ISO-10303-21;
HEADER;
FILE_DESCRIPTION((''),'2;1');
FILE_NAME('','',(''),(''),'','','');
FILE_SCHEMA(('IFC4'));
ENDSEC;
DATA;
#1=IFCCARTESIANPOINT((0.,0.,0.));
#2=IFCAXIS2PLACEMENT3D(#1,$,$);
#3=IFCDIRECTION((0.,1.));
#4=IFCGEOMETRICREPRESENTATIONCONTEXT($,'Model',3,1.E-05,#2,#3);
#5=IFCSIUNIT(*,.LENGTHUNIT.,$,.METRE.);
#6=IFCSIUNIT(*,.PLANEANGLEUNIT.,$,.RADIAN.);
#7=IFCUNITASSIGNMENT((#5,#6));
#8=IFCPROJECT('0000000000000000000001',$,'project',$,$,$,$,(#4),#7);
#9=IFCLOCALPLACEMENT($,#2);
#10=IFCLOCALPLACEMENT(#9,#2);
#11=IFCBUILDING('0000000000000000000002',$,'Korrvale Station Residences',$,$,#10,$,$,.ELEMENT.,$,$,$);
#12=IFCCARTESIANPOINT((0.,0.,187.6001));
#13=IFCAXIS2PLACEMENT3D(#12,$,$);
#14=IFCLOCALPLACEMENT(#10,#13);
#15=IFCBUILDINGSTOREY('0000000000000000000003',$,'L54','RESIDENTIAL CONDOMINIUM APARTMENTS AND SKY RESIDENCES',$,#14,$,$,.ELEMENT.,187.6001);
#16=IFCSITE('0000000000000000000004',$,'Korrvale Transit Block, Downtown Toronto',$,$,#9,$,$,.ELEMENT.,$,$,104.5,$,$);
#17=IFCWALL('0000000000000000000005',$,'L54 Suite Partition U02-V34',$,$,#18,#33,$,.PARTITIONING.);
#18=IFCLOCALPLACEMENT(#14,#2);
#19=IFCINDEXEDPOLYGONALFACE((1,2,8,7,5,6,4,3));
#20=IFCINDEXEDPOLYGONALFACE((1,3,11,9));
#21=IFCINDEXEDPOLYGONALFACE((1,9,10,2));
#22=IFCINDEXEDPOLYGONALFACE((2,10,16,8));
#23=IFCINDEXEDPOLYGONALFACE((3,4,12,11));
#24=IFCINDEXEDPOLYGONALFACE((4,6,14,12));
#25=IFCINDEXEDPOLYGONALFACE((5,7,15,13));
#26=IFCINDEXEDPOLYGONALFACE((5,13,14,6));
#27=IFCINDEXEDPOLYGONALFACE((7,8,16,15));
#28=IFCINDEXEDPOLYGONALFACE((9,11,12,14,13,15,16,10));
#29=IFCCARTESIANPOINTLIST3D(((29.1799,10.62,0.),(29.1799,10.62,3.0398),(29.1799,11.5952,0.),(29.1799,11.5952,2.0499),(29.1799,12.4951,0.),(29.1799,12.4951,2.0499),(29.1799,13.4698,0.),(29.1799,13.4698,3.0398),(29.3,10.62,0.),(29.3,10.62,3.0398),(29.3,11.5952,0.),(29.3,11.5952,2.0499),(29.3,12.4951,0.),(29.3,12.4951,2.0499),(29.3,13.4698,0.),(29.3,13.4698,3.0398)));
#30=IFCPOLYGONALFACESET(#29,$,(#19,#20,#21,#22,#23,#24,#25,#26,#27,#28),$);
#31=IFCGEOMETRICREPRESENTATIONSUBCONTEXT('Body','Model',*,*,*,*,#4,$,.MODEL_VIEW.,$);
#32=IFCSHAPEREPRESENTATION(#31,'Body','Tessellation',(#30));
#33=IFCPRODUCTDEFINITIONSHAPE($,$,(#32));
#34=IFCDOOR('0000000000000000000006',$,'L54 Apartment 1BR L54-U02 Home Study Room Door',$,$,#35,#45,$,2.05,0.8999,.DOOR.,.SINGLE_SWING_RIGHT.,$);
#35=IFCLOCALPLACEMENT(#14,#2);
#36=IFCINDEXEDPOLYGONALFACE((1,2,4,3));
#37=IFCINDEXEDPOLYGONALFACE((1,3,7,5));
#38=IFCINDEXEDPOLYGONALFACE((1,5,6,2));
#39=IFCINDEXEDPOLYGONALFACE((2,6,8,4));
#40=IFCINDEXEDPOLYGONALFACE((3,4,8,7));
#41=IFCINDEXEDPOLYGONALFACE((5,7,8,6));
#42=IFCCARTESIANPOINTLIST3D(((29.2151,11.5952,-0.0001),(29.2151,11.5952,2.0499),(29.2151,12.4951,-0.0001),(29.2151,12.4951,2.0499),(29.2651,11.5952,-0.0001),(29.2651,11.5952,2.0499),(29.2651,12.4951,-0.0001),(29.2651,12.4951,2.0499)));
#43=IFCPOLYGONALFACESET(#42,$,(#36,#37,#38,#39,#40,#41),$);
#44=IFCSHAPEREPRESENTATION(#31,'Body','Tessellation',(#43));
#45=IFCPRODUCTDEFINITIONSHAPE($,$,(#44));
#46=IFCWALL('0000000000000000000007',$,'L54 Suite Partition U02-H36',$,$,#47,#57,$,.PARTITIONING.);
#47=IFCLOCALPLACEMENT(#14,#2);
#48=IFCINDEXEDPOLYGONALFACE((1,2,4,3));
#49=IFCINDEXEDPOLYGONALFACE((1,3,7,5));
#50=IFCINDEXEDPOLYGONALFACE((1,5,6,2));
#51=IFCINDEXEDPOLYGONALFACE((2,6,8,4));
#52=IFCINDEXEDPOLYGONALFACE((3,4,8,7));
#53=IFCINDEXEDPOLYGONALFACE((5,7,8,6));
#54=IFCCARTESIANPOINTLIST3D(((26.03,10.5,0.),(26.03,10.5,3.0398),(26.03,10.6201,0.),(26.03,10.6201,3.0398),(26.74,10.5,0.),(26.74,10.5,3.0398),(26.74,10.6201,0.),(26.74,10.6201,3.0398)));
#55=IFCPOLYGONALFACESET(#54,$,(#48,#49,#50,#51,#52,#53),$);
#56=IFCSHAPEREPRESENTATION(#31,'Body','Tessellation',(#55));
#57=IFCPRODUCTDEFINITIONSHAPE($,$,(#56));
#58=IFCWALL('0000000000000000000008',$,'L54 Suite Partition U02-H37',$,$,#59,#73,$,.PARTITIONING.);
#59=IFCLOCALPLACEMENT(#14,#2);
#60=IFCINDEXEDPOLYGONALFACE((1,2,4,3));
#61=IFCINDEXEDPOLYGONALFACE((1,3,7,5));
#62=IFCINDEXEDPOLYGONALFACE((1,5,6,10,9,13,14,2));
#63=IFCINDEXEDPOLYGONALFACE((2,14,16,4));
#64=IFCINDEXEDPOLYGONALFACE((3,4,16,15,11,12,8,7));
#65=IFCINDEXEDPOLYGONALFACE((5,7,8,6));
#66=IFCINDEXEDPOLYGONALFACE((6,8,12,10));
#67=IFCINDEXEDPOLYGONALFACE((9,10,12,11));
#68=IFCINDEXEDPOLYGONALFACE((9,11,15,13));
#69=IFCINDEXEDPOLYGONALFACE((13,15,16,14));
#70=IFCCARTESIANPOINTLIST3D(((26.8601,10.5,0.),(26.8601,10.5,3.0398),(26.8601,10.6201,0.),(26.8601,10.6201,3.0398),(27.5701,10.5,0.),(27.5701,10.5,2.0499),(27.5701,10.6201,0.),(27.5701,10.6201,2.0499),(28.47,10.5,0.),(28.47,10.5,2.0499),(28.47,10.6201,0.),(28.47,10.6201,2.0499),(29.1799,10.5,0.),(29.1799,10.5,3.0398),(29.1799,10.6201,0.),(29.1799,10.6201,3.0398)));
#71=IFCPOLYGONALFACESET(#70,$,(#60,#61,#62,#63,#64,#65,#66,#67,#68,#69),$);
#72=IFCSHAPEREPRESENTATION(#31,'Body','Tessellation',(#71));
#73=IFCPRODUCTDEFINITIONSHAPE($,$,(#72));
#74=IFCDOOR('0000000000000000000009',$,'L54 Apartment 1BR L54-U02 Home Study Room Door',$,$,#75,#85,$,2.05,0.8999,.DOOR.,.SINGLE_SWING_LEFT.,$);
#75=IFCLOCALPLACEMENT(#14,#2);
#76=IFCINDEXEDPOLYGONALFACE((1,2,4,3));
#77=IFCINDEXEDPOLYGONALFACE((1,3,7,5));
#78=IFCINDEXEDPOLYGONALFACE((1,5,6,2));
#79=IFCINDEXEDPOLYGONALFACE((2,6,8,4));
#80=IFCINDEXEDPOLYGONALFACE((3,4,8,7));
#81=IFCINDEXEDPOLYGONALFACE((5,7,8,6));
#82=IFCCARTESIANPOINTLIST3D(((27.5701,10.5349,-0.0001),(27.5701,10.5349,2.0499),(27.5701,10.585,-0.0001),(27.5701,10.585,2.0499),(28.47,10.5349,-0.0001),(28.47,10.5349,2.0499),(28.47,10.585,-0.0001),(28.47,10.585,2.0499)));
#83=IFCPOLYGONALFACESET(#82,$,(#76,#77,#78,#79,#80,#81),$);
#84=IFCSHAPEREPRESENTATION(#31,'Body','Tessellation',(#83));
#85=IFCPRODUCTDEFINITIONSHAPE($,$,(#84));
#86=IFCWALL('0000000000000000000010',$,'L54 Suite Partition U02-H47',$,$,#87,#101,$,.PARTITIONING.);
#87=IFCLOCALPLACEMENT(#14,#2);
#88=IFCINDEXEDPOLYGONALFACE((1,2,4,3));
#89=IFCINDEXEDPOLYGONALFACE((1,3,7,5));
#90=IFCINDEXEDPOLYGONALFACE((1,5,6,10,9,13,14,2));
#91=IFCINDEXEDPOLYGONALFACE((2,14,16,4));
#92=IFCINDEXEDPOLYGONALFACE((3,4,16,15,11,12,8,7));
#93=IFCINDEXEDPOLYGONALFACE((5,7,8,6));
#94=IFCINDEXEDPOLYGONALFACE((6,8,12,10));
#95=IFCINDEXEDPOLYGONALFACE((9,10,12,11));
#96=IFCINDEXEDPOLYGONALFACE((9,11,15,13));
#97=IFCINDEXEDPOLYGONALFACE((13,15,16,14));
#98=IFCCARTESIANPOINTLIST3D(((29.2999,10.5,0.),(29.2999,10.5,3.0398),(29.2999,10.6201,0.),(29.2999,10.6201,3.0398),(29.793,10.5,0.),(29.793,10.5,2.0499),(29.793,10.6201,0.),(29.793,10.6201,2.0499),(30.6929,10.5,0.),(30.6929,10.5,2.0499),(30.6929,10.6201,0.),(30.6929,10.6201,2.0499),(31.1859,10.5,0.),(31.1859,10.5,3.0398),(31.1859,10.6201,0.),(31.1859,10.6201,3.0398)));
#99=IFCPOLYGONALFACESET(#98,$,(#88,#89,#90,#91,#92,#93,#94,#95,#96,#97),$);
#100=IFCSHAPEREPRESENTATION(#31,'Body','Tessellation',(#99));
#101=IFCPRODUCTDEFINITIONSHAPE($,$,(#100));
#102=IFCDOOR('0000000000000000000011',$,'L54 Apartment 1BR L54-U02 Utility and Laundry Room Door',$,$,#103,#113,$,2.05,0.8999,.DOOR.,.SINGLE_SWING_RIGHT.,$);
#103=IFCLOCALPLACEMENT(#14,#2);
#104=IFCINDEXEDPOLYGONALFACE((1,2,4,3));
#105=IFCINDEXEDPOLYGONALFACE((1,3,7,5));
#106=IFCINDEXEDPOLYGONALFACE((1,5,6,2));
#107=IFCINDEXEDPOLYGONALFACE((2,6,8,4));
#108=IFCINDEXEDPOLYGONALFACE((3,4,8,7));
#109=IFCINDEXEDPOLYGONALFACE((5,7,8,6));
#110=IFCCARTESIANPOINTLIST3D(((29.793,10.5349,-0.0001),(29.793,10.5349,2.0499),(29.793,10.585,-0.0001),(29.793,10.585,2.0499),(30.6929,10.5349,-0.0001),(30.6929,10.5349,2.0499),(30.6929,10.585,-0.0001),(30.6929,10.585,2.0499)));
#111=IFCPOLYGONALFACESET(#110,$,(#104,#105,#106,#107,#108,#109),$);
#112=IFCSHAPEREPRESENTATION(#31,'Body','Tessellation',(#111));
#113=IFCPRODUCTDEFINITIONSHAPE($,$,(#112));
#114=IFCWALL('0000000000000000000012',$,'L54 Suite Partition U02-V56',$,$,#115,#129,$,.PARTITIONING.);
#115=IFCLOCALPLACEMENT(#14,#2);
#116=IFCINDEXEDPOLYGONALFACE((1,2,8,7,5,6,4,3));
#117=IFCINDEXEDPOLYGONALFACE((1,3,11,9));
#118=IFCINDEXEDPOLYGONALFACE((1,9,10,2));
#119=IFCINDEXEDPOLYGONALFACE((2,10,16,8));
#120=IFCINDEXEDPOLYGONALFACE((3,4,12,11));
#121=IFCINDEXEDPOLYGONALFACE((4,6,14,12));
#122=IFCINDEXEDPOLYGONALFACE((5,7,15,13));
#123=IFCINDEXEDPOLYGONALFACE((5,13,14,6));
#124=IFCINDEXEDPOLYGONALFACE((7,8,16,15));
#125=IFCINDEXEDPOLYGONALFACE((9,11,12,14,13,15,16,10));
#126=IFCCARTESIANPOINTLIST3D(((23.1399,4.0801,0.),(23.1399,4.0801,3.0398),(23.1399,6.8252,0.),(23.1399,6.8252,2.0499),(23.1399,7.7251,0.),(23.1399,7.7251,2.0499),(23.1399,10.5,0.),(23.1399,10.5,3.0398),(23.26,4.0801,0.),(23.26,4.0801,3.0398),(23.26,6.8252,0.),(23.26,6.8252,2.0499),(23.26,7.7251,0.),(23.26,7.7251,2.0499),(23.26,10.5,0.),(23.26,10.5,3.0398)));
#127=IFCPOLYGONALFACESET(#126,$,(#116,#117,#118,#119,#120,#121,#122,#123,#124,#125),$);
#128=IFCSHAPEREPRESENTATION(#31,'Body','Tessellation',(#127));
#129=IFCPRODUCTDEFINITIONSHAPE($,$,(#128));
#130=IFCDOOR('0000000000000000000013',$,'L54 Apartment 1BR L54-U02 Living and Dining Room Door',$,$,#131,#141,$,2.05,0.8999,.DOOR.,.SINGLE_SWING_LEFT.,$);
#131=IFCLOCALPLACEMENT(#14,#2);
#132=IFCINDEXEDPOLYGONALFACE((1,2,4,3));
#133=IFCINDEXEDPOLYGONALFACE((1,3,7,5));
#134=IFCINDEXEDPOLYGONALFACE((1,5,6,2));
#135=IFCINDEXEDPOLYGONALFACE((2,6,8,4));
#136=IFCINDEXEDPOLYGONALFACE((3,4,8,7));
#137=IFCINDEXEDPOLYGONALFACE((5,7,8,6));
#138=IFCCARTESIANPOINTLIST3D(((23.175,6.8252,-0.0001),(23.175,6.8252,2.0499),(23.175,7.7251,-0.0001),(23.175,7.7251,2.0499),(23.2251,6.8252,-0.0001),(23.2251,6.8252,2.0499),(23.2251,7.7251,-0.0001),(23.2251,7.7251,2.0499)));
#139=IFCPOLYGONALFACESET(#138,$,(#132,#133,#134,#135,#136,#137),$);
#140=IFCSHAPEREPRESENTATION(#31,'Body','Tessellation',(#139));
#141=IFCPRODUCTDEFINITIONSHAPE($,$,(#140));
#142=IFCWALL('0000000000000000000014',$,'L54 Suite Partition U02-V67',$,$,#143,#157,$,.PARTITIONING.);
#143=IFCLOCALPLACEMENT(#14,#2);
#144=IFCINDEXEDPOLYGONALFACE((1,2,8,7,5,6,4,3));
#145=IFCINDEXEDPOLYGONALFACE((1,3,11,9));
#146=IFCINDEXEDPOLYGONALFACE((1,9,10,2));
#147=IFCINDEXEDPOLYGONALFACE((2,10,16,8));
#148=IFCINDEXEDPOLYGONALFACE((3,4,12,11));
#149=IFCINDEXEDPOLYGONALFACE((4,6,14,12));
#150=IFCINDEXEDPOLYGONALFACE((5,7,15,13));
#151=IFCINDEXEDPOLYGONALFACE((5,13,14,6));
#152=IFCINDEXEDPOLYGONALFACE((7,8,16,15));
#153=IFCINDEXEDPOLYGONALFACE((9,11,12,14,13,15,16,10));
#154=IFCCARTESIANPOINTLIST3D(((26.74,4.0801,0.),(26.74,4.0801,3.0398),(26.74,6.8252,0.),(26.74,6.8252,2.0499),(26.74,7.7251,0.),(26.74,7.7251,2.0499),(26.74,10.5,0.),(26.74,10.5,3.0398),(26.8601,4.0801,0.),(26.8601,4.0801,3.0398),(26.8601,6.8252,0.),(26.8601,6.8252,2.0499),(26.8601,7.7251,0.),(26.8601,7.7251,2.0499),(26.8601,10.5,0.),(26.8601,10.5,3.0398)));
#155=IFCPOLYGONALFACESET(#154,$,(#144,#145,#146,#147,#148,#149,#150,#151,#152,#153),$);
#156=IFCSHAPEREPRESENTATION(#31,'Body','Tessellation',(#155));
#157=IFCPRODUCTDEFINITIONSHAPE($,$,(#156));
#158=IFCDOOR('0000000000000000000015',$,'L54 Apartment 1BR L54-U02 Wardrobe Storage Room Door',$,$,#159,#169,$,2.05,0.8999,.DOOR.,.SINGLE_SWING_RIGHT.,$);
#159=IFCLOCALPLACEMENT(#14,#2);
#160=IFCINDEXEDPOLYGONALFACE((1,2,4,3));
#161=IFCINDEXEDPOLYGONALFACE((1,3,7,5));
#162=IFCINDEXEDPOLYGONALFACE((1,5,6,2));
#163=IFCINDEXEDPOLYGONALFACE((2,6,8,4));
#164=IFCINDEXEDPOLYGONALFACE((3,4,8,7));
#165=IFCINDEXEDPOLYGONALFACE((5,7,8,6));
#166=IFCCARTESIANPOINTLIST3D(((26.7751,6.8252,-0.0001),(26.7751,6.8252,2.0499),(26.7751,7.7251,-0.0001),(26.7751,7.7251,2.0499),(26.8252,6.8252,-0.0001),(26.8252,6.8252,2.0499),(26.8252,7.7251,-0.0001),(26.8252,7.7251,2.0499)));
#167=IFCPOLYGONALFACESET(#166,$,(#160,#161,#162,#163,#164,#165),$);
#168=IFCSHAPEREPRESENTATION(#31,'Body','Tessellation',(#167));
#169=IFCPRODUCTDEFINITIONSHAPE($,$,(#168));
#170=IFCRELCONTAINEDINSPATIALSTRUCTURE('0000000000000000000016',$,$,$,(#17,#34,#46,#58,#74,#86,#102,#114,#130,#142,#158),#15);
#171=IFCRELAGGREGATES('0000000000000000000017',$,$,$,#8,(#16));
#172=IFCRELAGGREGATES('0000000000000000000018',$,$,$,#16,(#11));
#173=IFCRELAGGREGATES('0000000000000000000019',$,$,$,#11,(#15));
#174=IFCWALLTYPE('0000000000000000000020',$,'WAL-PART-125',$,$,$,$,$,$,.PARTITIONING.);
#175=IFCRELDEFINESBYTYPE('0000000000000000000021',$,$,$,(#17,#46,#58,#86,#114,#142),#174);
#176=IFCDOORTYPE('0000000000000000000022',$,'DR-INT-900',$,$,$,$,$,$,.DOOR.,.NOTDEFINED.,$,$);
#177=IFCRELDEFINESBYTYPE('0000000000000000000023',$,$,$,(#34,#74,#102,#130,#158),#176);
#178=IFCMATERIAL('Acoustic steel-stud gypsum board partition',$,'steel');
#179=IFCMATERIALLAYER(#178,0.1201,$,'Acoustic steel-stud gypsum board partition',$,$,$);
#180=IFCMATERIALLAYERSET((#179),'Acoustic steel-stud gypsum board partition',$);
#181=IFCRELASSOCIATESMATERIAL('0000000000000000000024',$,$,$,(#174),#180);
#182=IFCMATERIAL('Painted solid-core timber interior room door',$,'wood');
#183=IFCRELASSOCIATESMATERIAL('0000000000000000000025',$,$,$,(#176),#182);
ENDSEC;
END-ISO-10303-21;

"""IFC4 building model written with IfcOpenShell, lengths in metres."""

from ifc_helpers import new_model, si_unit, direction, frame, frame_2d, origin, place, context, subcontext, project, spatial, rectangle, extrude, material, layer, layer_set, type_object, element, fill, save


model = new_model("IFC4")

# Units and contexts
model_context = context("Model", 3, precision=1e-05, world=origin(), true_north=direction((0.0, 1.0)))
body_context = subcontext(model_context, "Body", "Model", "MODEL_VIEW")
ifc_project = project(units=[si_unit("LENGTHUNIT", "METRE"), si_unit("PLANEANGLEUNIT", "RADIAN")], contexts=[model_context])

# Site, building, storey
site_placement = place(None, origin())
site = spatial("IfcSite", under=ifc_project, at=site_placement, Name="Korrvale Transit Block, Downtown Toronto", CompositionType="ELEMENT", RefElevation=104.5)
building_placement = place(site_placement, origin())
building = spatial("IfcBuilding", under=site, at=building_placement, Name="Korrvale Station Residences", CompositionType="ELEMENT")
storey_placement = place(building_placement, frame((0.0, 0.0, 187.6001)))
storey = spatial("IfcBuildingStorey", under=building, at=storey_placement, Name="L54", Description="RESIDENTIAL CONDOMINIUM APARTMENTS AND SKY RESIDENCES", CompositionType="ELEMENT", Elevation=187.6001)

# Wall, opening, door
ifc_material_1 = material(Name="Acoustic steel-stud gypsum board partition", Category="steel")
ifc_layer_1 = layer(ifc_material_1, 0.1201, Name="Acoustic steel-stud gypsum board partition")
ifc_layer_set_1 = layer_set([ifc_layer_1], Name="Acoustic steel-stud gypsum board partition")
wall_type_1 = type_object("IfcWallType", Name="WAL-PART-125", PredefinedType="PARTITIONING", material=ifc_layer_set_1)
ifc_material_2 = material(Name="Painted solid-core timber interior room door", Category="wood")
door_type = type_object("IfcDoorType", Name="DR-INT-900", OperationType="NOTDEFINED", PredefinedType="DOOR", material=ifc_material_2)
wall_1_placement = place(storey_placement, frame((29.24, 10.6201, 0.0), z_axis=(0.0, 0.0, 1.0), x_axis=(0.0, 1.0, 0.0)))
wall_1 = element("IfcWall", 1, at=wall_1_placement, inside=storey, type_object=wall_type_1, Name="L54 Suite Partition U02-V34", PredefinedType="PARTITIONING", context=body_context, shape_type="SweptSolid", body=[
    extrude(rectangle(XDim=2.8499, YDim=0.1201, at=frame_2d((1.4248, 0.0))), origin(), (0.0, 0.0, 1.0), 3.0398),
])
opening_1_placement = place(wall_1_placement, frame((0.9751, 0.0, 0.0)))
opening_1 = element("IfcOpeningElement", 2, at=opening_1_placement, cuts=wall_1, PredefinedType="OPENING", context=body_context, shape_type="SweptSolid", body=[
    extrude(rectangle(XDim=0.8999, YDim=2.05, at=frame_2d((0.45, 1.0249))), frame((0.0, 0.0701, 0.0), z_axis=(0.0, -1.0, 0.0), x_axis=(1.0, 0.0, 0.0)), (0.0, 0.0, 1.0), 0.1401),
])
door_1_placement = place(opening_1_placement, origin())
door_1 = element("IfcDoor", 3, at=door_1_placement, inside=storey, type_object=door_type, Name="L54 Apartment 1BR L54-U02 Home Study Room Door", OperationType="SINGLE_SWING_RIGHT", OverallHeight=2.05, OverallWidth=0.8999, PredefinedType="DOOR", context=body_context, shape_type="SweptSolid", body=[
    extrude(rectangle(XDim=0.8999, YDim=2.05, at=frame_2d((0.45, 1.0249))), frame((0.0, 0.0249, 0.0), z_axis=(0.0, -1.0, 0.0), x_axis=(1.0, 0.0, 0.0)), (0.0, 0.0, 1.0), 0.05),
])
fill(opening_1, door_1)

# Wall
wall_2_placement = place(storey_placement, frame((26.03, 10.5601, 0.0), z_axis=(0.0, 0.0, 1.0), x_axis=(1.0, 0.0, 0.0)))
element("IfcWall", 4, at=wall_2_placement, inside=storey, type_object=wall_type_1, Name="L54 Suite Partition U02-H36", PredefinedType="PARTITIONING", context=body_context, shape_type="SweptSolid", body=[
    extrude(rectangle(XDim=0.71, YDim=0.1201, at=frame_2d((0.355, 0.0))), origin(), (0.0, 0.0, 1.0), 3.0398),
])

# Walls, openings, doors
wall_3_placement = place(storey_placement, frame((26.8601, 10.5601, 0.0), z_axis=(0.0, 0.0, 1.0), x_axis=(1.0, 0.0, 0.0)))
wall_3 = element("IfcWall", 5, at=wall_3_placement, inside=storey, type_object=wall_type_1, Name="L54 Suite Partition U02-H37", PredefinedType="PARTITIONING", context=body_context, shape_type="SweptSolid", body=[
    extrude(rectangle(XDim=2.3198, YDim=0.1201, at=frame_2d((1.1599, 0.0))), origin(), (0.0, 0.0, 1.0), 3.0398),
])
opening_2_placement = place(wall_3_placement, frame((0.71, 0.0, 0.0)))
opening_2 = element("IfcOpeningElement", 6, at=opening_2_placement, cuts=wall_3, PredefinedType="OPENING", context=body_context, shape_type="SweptSolid", body=[
    extrude(rectangle(XDim=0.8999, YDim=2.05, at=frame_2d((0.45, 1.0249))), frame((0.0, 0.0701, 0.0), z_axis=(0.0, -1.0, 0.0), x_axis=(1.0, 0.0, 0.0)), (0.0, 0.0, 1.0), 0.1401),
])
door_2_placement = place(opening_2_placement, origin())
door_2 = element("IfcDoor", 7, at=door_2_placement, inside=storey, type_object=door_type, Name="L54 Apartment 1BR L54-U02 Home Study Room Door", OperationType="SINGLE_SWING_LEFT", OverallHeight=2.05, OverallWidth=0.8999, PredefinedType="DOOR", context=body_context, shape_type="SweptSolid", body=[
    extrude(rectangle(XDim=0.8999, YDim=2.05, at=frame_2d((0.45, 1.0249))), frame((0.0, 0.0249, 0.0), z_axis=(0.0, -1.0, 0.0), x_axis=(1.0, 0.0, 0.0)), (0.0, 0.0, 1.0), 0.05),
])
fill(opening_2, door_2)
wall_4_placement = place(storey_placement, frame((29.3, 10.5601, 0.0), z_axis=(0.0, 0.0, 1.0), x_axis=(1.0, 0.0, 0.0)))
wall_4 = element("IfcWall", 8, at=wall_4_placement, inside=storey, type_object=wall_type_1, Name="L54 Suite Partition U02-H47", PredefinedType="PARTITIONING", context=body_context, shape_type="SweptSolid", body=[
    extrude(rectangle(XDim=1.886, YDim=0.1201, at=frame_2d((0.9429, 0.0))), origin(), (0.0, 0.0, 1.0), 3.0398),
])
opening_3_placement = place(wall_4_placement, frame((0.4929, 0.0, 0.0)))
opening_3 = element("IfcOpeningElement", 9, at=opening_3_placement, cuts=wall_4, PredefinedType="OPENING", context=body_context, shape_type="SweptSolid", body=[
    extrude(rectangle(XDim=0.8999, YDim=2.05, at=frame_2d((0.45, 1.0249))), frame((0.0, 0.0701, 0.0), z_axis=(0.0, -1.0, 0.0), x_axis=(1.0, 0.0, 0.0)), (0.0, 0.0, 1.0), 0.1401),
])
door_3_placement = place(opening_3_placement, origin())
door_3 = element("IfcDoor", 10, at=door_3_placement, inside=storey, type_object=door_type, Name="L54 Apartment 1BR L54-U02 Utility and Laundry Room Door", OperationType="SINGLE_SWING_RIGHT", OverallHeight=2.05, OverallWidth=0.8999, PredefinedType="DOOR", context=body_context, shape_type="SweptSolid", body=[
    extrude(rectangle(XDim=0.8999, YDim=2.05, at=frame_2d((0.45, 1.0249))), frame((0.0, 0.0249, 0.0), z_axis=(0.0, -1.0, 0.0), x_axis=(1.0, 0.0, 0.0)), (0.0, 0.0, 1.0), 0.05),
])
fill(opening_3, door_3)
wall_5_placement = place(storey_placement, frame((23.2, 4.0801, 0.0), z_axis=(0.0, 0.0, 1.0), x_axis=(0.0, 1.0, 0.0)))
wall_5 = element("IfcWall", 11, at=wall_5_placement, inside=storey, type_object=wall_type_1, Name="L54 Suite Partition U02-V56", PredefinedType="PARTITIONING", context=body_context, shape_type="SweptSolid", body=[
    extrude(rectangle(XDim=6.4199, YDim=0.1201, at=frame_2d((3.21, 0.0))), origin(), (0.0, 0.0, 1.0), 3.0398),
])
opening_4_placement = place(wall_5_placement, frame((2.7451, 0.0, 0.0)))
opening_4 = element("IfcOpeningElement", 12, at=opening_4_placement, cuts=wall_5, PredefinedType="OPENING", context=body_context, shape_type="SweptSolid", body=[
    extrude(rectangle(XDim=0.8999, YDim=2.05, at=frame_2d((0.45, 1.0249))), frame((0.0, 0.0701, 0.0), z_axis=(0.0, -1.0, 0.0), x_axis=(1.0, 0.0, 0.0)), (0.0, 0.0, 1.0), 0.1401),
])
door_4_placement = place(opening_4_placement, origin())
door_4 = element("IfcDoor", 13, at=door_4_placement, inside=storey, type_object=door_type, Name="L54 Apartment 1BR L54-U02 Living and Dining Room Door", OperationType="SINGLE_SWING_LEFT", OverallHeight=2.05, OverallWidth=0.8999, PredefinedType="DOOR", context=body_context, shape_type="SweptSolid", body=[
    extrude(rectangle(XDim=0.8999, YDim=2.05, at=frame_2d((0.45, 1.0249))), frame((0.0, 0.0249, 0.0), z_axis=(0.0, -1.0, 0.0), x_axis=(1.0, 0.0, 0.0)), (0.0, 0.0, 1.0), 0.05),
])
fill(opening_4, door_4)
wall_6_placement = place(storey_placement, frame((26.8, 4.0801, 0.0), z_axis=(0.0, 0.0, 1.0), x_axis=(0.0, 1.0, 0.0)))
wall_6 = element("IfcWall", 14, at=wall_6_placement, inside=storey, type_object=wall_type_1, Name="L54 Suite Partition U02-V67", PredefinedType="PARTITIONING", context=body_context, shape_type="SweptSolid", body=[
    extrude(rectangle(XDim=6.4199, YDim=0.1201, at=frame_2d((3.21, 0.0))), origin(), (0.0, 0.0, 1.0), 3.0398),
])
opening_5_placement = place(wall_6_placement, frame((2.7451, 0.0, 0.0)))
opening_5 = element("IfcOpeningElement", 15, at=opening_5_placement, cuts=wall_6, PredefinedType="OPENING", context=body_context, shape_type="SweptSolid", body=[
    extrude(rectangle(XDim=0.8999, YDim=2.05, at=frame_2d((0.45, 1.0249))), frame((0.0, 0.0701, 0.0), z_axis=(0.0, -1.0, 0.0), x_axis=(1.0, 0.0, 0.0)), (0.0, 0.0, 1.0), 0.1401),
])
door_5_placement = place(opening_5_placement, origin())
door_5 = element("IfcDoor", 16, at=door_5_placement, inside=storey, type_object=door_type, Name="L54 Apartment 1BR L54-U02 Wardrobe Storage Room Door", OperationType="SINGLE_SWING_RIGHT", OverallHeight=2.05, OverallWidth=0.8999, PredefinedType="DOOR", context=body_context, shape_type="SweptSolid", body=[
    extrude(rectangle(XDim=0.8999, YDim=2.05, at=frame_2d((0.45, 1.0249))), frame((0.0, 0.0249, 0.0), z_axis=(0.0, -1.0, 0.0), x_axis=(1.0, 0.0, 0.0)), (0.0, 0.0, 1.0), 0.05),
])
fill(opening_5, door_5)

save(model, "model.ifc")
